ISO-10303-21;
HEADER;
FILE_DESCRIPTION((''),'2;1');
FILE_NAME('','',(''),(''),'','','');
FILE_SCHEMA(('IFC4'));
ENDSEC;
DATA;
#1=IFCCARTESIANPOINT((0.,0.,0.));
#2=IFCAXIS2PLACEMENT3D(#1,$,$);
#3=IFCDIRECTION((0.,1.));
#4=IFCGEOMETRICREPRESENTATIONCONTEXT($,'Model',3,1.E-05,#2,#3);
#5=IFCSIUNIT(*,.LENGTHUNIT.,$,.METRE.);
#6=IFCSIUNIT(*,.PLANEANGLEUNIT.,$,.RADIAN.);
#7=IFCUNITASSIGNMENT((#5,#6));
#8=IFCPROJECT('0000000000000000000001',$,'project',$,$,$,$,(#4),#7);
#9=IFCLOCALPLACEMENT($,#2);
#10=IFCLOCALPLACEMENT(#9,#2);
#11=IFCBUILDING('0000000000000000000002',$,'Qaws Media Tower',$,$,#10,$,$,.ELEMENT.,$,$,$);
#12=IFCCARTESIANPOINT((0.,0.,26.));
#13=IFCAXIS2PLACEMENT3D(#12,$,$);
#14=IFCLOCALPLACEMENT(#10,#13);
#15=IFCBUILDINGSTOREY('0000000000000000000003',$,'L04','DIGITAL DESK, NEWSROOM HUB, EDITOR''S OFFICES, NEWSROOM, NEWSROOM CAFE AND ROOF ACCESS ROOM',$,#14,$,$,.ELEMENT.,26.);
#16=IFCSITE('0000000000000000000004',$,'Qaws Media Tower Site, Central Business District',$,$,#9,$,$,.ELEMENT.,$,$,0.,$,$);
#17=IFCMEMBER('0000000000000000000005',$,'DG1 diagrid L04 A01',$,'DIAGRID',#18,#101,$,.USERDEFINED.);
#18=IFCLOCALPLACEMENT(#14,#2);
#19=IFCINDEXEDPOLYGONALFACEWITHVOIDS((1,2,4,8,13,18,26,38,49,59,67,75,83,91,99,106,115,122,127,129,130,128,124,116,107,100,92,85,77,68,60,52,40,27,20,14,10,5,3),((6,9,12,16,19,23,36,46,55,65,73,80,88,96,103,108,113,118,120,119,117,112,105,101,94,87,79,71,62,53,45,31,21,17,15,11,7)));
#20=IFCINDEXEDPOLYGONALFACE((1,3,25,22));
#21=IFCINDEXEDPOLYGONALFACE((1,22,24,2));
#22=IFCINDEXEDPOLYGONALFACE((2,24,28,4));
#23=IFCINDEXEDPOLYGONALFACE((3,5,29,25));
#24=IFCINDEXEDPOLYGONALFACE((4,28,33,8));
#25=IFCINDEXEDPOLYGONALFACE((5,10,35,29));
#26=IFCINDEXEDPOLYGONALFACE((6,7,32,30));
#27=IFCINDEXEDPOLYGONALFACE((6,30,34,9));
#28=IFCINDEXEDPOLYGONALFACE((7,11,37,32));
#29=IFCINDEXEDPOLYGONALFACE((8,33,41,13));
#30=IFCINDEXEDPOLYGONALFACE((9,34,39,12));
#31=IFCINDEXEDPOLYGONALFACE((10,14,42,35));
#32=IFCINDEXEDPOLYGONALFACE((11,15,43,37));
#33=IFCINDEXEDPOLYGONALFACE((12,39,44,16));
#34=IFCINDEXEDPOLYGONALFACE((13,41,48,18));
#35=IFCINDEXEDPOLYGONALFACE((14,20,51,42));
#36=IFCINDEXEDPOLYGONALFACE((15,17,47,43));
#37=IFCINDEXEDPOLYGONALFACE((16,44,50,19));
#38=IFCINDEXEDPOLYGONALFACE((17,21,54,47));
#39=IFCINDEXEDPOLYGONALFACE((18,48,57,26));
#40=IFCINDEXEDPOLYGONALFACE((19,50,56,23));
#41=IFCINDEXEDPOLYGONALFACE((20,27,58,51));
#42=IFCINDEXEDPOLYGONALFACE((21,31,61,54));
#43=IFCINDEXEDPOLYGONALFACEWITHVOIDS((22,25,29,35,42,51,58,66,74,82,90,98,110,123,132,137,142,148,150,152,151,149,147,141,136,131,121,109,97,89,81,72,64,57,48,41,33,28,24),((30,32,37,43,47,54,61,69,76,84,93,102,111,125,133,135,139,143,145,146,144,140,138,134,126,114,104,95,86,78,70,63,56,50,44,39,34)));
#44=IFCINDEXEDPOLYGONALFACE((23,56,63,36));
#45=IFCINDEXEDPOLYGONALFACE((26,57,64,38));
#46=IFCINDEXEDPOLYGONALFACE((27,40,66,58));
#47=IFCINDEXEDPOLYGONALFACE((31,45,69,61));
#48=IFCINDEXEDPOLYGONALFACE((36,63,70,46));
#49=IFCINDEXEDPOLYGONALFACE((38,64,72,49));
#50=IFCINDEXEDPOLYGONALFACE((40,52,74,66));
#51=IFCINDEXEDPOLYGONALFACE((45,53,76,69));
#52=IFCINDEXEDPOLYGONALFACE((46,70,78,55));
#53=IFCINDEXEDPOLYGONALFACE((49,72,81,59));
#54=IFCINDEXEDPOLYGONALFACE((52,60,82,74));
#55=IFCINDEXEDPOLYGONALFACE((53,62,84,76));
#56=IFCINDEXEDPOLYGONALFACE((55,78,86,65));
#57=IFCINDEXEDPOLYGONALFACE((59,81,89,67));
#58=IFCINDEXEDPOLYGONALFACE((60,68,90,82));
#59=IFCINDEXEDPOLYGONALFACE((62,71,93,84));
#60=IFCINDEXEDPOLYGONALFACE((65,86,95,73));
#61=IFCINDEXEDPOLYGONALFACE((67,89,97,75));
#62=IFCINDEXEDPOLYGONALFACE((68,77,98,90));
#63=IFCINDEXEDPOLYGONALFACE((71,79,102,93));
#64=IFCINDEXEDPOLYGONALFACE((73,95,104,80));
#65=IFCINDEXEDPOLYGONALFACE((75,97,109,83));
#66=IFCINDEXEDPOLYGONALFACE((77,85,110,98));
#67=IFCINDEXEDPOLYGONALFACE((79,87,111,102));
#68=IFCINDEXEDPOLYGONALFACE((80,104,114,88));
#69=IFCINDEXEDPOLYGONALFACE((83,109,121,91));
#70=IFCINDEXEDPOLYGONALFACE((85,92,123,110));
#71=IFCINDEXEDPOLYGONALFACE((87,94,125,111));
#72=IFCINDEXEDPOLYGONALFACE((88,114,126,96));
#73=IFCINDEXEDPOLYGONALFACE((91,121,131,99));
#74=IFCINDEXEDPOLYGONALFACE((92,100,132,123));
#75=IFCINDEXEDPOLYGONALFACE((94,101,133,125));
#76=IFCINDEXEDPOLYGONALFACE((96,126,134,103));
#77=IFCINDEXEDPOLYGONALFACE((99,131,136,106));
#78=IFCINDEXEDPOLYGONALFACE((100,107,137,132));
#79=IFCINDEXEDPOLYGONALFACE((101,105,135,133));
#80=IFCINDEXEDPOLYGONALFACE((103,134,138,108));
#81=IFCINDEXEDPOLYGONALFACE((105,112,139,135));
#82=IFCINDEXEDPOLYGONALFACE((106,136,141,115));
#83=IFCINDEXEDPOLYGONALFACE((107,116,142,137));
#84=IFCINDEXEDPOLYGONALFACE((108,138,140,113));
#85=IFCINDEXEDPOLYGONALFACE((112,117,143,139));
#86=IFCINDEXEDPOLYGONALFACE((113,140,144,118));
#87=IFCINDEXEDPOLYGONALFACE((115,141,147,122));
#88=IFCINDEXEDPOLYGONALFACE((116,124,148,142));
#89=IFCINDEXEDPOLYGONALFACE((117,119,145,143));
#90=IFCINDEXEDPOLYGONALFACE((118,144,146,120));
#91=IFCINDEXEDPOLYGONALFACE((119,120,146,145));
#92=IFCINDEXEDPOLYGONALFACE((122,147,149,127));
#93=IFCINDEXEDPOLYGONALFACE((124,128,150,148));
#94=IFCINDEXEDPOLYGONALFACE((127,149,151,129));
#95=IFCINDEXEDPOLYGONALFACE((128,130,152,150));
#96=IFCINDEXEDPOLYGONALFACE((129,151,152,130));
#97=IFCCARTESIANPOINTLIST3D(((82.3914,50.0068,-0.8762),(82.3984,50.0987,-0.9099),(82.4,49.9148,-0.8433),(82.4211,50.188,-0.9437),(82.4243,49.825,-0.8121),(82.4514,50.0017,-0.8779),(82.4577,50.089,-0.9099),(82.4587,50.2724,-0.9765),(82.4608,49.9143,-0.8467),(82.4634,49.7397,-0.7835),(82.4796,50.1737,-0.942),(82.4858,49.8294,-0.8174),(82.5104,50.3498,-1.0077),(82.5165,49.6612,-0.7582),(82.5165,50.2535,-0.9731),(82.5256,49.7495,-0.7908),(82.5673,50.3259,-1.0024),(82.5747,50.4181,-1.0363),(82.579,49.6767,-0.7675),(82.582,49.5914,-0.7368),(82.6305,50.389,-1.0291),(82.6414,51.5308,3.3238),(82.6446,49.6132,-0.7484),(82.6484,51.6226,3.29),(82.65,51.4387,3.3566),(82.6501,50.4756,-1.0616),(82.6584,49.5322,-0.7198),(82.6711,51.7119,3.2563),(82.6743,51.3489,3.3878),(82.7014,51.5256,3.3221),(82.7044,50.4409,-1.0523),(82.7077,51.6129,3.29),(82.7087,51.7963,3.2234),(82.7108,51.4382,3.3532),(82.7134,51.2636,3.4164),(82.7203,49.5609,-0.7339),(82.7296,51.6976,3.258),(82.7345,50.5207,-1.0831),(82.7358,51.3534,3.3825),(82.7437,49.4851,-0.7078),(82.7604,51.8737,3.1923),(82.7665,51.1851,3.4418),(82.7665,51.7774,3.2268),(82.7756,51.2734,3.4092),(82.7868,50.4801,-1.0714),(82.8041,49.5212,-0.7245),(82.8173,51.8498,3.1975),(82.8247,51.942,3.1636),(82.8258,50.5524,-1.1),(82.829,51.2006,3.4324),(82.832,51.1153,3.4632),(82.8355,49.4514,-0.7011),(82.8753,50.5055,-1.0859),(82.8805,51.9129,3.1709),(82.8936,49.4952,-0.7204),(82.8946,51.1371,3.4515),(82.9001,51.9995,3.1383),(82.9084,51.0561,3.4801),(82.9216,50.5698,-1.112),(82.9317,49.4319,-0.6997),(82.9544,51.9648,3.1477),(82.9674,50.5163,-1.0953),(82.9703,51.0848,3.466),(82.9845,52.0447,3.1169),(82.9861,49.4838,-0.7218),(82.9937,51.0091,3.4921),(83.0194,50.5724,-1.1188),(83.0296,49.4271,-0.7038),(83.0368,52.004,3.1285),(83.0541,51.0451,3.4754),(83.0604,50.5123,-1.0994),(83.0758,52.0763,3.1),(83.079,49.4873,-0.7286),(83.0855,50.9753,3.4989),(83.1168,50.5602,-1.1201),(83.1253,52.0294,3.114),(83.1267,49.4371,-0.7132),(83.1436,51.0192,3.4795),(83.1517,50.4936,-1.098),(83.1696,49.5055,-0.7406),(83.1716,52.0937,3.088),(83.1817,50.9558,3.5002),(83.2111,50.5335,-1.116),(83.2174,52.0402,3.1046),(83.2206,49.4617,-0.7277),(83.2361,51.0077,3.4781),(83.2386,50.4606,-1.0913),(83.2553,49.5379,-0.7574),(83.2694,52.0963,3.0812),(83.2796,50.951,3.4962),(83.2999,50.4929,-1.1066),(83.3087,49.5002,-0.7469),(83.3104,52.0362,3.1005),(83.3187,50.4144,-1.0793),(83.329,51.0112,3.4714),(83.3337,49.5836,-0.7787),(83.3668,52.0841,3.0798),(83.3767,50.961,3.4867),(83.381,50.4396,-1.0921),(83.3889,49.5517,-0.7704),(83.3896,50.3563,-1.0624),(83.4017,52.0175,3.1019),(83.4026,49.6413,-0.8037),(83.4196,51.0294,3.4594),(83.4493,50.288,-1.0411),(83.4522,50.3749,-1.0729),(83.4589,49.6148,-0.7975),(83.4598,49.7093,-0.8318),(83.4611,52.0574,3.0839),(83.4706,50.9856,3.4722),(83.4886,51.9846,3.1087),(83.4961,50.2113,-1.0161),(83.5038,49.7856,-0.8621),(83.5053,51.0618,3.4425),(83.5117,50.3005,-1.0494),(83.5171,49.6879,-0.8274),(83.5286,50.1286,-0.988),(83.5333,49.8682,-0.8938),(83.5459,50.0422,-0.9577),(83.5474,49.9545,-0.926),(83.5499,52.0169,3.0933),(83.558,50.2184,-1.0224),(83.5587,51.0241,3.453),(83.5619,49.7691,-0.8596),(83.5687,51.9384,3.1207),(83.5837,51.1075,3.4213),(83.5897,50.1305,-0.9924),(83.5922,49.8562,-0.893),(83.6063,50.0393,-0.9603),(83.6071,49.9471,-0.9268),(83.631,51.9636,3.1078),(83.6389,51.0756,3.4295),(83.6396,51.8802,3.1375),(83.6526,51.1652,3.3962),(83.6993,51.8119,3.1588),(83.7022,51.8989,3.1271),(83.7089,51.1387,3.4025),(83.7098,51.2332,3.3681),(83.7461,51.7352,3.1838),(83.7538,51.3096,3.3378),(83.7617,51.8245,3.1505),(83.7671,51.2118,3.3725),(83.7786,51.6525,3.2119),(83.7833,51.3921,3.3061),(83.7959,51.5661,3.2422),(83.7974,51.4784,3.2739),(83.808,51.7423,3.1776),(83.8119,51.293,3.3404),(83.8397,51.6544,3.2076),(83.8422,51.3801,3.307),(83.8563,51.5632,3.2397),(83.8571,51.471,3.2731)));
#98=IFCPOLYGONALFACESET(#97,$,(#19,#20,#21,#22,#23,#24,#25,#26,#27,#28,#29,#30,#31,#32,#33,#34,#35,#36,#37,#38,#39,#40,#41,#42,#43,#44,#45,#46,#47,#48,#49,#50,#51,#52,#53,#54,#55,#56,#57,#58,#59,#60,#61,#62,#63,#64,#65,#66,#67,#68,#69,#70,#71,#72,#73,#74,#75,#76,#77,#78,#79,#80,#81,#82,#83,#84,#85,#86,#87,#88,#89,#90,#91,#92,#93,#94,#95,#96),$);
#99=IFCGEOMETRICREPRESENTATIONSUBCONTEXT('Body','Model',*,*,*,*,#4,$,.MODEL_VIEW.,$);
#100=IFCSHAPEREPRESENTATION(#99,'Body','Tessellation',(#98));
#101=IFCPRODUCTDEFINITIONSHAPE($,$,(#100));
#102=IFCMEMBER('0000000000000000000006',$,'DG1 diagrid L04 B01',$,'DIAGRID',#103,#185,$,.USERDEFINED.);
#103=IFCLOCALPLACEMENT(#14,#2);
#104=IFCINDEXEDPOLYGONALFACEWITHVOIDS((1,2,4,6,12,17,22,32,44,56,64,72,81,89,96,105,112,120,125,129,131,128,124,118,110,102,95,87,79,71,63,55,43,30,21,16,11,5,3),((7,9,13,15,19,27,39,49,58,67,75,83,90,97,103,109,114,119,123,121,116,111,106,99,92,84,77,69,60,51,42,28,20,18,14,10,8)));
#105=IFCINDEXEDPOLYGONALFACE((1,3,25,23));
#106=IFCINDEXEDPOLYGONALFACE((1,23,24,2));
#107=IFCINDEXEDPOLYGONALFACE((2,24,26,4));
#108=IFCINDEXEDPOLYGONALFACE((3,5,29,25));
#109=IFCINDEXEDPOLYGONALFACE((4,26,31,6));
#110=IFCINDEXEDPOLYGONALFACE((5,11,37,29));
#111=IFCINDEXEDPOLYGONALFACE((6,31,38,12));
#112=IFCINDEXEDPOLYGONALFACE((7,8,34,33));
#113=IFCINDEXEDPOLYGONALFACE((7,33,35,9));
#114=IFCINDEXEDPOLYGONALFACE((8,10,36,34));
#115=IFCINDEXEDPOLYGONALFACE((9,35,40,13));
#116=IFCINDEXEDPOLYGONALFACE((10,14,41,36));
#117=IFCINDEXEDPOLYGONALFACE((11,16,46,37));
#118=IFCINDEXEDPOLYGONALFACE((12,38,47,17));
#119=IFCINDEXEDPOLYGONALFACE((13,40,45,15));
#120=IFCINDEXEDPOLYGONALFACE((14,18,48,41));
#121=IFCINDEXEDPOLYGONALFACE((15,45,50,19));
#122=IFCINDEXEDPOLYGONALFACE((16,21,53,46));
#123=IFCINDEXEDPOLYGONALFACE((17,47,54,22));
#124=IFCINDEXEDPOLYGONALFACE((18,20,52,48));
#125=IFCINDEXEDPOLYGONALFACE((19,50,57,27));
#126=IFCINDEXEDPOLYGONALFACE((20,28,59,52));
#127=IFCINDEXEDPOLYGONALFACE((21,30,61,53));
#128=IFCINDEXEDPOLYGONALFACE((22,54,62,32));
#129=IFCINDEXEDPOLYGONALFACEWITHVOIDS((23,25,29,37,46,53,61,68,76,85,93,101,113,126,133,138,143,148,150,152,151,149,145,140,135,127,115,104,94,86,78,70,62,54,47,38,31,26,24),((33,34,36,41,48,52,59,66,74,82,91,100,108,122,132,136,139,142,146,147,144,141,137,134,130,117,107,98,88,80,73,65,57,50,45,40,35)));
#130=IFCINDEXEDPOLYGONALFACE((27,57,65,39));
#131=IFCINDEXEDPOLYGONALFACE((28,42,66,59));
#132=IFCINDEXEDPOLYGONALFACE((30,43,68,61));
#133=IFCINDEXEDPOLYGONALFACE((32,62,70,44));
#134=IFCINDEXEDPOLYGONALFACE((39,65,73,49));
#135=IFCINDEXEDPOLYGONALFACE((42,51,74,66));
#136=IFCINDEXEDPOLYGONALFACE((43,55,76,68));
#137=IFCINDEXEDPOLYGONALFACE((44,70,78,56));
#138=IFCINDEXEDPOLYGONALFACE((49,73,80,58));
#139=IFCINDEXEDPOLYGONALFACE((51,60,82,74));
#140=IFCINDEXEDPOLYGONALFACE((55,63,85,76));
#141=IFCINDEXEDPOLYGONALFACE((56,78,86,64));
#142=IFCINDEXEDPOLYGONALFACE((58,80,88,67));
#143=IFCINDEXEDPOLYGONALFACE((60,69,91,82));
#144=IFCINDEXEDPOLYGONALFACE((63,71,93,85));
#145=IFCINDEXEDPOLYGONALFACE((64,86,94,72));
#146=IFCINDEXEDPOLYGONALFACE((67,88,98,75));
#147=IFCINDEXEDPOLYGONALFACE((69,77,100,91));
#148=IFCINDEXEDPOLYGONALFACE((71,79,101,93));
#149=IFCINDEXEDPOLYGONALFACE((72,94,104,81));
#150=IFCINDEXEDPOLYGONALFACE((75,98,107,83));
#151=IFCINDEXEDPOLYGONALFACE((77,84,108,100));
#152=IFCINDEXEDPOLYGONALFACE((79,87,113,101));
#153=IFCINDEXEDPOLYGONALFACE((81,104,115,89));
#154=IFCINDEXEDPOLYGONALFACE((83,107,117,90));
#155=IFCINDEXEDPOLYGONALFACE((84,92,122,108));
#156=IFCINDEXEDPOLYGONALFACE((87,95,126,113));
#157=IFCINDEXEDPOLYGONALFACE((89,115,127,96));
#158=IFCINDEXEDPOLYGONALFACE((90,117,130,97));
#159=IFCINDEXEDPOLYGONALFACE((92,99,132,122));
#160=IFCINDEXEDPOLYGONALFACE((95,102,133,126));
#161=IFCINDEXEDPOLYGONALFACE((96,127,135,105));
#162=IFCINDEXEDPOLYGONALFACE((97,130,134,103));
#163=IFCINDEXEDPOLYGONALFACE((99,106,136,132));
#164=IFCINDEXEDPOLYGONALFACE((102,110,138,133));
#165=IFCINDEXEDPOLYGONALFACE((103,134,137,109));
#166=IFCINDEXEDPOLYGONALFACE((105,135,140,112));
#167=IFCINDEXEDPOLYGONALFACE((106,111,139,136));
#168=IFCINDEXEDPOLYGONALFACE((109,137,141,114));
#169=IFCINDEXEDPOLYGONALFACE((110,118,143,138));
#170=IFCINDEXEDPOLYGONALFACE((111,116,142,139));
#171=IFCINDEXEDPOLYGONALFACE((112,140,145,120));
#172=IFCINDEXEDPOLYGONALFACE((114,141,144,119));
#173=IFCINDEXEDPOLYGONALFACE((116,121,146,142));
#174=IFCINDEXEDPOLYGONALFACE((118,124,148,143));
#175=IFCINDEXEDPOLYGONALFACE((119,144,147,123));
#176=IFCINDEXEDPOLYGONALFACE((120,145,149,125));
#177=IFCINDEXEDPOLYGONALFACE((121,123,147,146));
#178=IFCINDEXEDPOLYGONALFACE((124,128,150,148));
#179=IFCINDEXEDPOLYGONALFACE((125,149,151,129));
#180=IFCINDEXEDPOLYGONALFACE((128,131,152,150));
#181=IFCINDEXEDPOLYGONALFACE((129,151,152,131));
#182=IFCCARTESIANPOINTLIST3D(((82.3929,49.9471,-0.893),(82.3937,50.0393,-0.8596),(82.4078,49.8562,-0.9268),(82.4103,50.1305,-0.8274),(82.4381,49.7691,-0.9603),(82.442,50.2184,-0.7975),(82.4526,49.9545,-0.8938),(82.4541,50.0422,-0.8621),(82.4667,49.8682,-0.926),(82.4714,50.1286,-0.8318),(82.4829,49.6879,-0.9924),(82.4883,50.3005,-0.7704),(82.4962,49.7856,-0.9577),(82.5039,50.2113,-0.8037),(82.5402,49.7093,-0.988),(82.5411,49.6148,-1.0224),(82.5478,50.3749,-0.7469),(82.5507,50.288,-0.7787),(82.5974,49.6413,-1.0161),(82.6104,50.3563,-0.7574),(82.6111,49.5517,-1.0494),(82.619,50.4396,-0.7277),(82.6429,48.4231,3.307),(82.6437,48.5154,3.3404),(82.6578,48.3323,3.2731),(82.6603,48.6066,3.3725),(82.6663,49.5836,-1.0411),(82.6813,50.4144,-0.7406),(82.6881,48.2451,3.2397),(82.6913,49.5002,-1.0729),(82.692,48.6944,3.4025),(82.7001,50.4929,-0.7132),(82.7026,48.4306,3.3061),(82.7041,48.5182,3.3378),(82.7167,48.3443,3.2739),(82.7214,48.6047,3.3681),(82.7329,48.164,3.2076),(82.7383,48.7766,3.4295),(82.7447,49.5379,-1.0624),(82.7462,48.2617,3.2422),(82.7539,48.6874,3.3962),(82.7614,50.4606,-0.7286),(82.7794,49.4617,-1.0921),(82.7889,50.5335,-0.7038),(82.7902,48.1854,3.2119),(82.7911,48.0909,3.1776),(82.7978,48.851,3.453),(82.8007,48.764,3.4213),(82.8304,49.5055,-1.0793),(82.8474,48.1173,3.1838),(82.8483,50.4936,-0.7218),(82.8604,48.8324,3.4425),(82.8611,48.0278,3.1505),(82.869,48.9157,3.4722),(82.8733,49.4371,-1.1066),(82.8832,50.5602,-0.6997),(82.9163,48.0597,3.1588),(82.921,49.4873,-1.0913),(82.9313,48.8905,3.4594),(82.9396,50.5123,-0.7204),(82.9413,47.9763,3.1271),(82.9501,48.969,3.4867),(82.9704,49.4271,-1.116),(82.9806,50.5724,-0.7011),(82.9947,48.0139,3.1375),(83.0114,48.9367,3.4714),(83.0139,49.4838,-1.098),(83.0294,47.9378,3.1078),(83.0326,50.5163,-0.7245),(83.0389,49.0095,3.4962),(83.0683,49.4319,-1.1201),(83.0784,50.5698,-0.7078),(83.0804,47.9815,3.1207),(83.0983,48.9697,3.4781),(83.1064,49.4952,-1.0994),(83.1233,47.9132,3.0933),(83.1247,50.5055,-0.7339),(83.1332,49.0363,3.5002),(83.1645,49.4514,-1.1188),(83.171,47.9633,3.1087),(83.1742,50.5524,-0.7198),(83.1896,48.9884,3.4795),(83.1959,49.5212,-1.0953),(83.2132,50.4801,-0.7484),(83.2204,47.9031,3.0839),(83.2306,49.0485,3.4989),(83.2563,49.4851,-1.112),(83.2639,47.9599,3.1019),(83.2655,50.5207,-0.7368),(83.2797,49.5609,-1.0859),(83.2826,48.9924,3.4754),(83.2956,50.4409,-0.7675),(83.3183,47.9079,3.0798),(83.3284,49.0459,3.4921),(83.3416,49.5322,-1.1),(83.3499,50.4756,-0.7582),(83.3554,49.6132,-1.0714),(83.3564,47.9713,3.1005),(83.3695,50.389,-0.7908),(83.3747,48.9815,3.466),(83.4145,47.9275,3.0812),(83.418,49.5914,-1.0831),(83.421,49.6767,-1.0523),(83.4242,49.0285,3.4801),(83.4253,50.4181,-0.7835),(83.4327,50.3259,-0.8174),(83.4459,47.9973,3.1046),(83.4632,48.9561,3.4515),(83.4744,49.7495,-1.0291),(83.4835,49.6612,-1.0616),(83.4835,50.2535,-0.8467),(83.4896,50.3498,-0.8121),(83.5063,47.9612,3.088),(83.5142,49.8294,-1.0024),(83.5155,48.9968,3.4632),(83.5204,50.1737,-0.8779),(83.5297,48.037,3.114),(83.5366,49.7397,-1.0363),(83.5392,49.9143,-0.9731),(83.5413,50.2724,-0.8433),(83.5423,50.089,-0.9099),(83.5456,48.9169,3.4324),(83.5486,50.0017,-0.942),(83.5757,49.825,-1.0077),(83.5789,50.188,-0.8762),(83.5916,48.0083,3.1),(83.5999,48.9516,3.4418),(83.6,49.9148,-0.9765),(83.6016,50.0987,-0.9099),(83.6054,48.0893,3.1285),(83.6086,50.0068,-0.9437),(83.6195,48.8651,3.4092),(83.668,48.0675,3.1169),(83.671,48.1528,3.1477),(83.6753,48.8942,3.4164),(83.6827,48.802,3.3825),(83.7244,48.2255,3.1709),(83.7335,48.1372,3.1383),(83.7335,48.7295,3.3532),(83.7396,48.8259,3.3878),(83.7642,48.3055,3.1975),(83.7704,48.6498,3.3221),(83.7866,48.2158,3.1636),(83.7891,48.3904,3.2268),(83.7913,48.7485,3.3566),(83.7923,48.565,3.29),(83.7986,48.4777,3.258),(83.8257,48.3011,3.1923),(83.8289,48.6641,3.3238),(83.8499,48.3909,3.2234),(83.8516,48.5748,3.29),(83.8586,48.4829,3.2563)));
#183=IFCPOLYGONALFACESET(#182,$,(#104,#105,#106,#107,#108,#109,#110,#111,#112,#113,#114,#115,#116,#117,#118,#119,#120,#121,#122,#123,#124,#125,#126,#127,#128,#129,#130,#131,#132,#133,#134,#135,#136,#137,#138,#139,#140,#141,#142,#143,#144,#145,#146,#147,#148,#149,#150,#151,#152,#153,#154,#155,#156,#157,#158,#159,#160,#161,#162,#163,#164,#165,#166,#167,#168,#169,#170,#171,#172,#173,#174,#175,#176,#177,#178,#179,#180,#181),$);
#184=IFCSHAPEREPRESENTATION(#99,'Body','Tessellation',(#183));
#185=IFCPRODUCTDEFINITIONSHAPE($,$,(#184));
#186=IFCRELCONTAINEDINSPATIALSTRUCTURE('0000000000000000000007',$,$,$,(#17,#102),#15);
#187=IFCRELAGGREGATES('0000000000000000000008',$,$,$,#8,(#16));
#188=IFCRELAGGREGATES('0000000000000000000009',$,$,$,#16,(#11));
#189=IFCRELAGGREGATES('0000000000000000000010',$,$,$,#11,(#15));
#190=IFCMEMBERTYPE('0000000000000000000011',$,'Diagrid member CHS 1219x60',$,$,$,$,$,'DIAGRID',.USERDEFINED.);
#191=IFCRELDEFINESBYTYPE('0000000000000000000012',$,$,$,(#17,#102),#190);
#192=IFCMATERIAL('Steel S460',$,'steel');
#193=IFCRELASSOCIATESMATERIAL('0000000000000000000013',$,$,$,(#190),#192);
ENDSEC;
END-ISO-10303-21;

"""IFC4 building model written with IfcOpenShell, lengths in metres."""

from ifc_helpers import new_model, si_unit, direction, frame, origin, origin_2d, place, context, subcontext, project, spatial, hollow_circle, extrude, material, material_profile, profile_set, type_object, element, save


model = new_model("IFC4")

# Units and contexts
model_context = context("Model", 3, precision=1e-05, world=origin(), true_north=direction((0.0, 1.0)))
body_context = subcontext(model_context, "Body", "Model", "MODEL_VIEW")
ifc_project = project(units=[si_unit("LENGTHUNIT", "METRE"), si_unit("PLANEANGLEUNIT", "RADIAN")], contexts=[model_context])

# Site, building, storey
site_placement = place(None, origin())
site = spatial("IfcSite", under=ifc_project, at=site_placement, Name="Qaws Media Tower Site, Central Business District", CompositionType="ELEMENT", RefElevation=0.0)
building_placement = place(site_placement, origin())
building = spatial("IfcBuilding", under=site, at=building_placement, Name="Qaws Media Tower", CompositionType="ELEMENT")
storey_placement = place(building_placement, frame((0.0, 0.0, 26.0)))
storey = spatial("IfcBuildingStorey", under=building, at=storey_placement, Name="L04", Description="DIGITAL DESK, NEWSROOM HUB, EDITOR'S OFFICES, NEWSROOM, NEWSROOM CAFE AND ROOF ACCESS ROOM", CompositionType="ELEMENT", Elevation=26.0)

# Members
ifc_material_1 = material(Name="Steel S460", Category="steel")
ifc_material_profile_1 = material_profile(ifc_material_1, hollow_circle(Radius=0.6096, WallThickness=0.0601, at=origin_2d()), Name="CHS 1219x60")
ifc_profile_set_1 = profile_set([ifc_material_profile_1], Name="Steel S460")
member_type = type_object("IfcMemberType", Name="Diagrid member CHS 1219x60", ElementType="DIAGRID", PredefinedType="USERDEFINED", material=ifc_profile_set_1)
for number, where, z_axis, x_axis, name in (
    (1, (83.0, 50.0, -0.9099), (0.055868, 0.340552, 0.938564), (-0.986809, 0.161886, 0.0), "DG1 diagrid L04 A01"),
    (2, (83.0, 50.0, -0.9099), (0.055868, -0.340552, 0.938564), (0.986809, 0.161886, 0.0), "DG1 diagrid L04 B01"),
):
    element("IfcMember", number, at=place(storey_placement, frame(where, z_axis=z_axis, x_axis=x_axis)), inside=storey, type_object=member_type, Name=name, ObjectType="DIAGRID", PredefinedType="USERDEFINED", context=body_context, shape_type="SweptSolid", body=[
        extrude(hollow_circle(Radius=0.6096, WallThickness=0.0601, at=origin_2d()), origin(), (0.0, 0.0, 1.0), 4.4749),
    ])

save(model, "model.ifc")
